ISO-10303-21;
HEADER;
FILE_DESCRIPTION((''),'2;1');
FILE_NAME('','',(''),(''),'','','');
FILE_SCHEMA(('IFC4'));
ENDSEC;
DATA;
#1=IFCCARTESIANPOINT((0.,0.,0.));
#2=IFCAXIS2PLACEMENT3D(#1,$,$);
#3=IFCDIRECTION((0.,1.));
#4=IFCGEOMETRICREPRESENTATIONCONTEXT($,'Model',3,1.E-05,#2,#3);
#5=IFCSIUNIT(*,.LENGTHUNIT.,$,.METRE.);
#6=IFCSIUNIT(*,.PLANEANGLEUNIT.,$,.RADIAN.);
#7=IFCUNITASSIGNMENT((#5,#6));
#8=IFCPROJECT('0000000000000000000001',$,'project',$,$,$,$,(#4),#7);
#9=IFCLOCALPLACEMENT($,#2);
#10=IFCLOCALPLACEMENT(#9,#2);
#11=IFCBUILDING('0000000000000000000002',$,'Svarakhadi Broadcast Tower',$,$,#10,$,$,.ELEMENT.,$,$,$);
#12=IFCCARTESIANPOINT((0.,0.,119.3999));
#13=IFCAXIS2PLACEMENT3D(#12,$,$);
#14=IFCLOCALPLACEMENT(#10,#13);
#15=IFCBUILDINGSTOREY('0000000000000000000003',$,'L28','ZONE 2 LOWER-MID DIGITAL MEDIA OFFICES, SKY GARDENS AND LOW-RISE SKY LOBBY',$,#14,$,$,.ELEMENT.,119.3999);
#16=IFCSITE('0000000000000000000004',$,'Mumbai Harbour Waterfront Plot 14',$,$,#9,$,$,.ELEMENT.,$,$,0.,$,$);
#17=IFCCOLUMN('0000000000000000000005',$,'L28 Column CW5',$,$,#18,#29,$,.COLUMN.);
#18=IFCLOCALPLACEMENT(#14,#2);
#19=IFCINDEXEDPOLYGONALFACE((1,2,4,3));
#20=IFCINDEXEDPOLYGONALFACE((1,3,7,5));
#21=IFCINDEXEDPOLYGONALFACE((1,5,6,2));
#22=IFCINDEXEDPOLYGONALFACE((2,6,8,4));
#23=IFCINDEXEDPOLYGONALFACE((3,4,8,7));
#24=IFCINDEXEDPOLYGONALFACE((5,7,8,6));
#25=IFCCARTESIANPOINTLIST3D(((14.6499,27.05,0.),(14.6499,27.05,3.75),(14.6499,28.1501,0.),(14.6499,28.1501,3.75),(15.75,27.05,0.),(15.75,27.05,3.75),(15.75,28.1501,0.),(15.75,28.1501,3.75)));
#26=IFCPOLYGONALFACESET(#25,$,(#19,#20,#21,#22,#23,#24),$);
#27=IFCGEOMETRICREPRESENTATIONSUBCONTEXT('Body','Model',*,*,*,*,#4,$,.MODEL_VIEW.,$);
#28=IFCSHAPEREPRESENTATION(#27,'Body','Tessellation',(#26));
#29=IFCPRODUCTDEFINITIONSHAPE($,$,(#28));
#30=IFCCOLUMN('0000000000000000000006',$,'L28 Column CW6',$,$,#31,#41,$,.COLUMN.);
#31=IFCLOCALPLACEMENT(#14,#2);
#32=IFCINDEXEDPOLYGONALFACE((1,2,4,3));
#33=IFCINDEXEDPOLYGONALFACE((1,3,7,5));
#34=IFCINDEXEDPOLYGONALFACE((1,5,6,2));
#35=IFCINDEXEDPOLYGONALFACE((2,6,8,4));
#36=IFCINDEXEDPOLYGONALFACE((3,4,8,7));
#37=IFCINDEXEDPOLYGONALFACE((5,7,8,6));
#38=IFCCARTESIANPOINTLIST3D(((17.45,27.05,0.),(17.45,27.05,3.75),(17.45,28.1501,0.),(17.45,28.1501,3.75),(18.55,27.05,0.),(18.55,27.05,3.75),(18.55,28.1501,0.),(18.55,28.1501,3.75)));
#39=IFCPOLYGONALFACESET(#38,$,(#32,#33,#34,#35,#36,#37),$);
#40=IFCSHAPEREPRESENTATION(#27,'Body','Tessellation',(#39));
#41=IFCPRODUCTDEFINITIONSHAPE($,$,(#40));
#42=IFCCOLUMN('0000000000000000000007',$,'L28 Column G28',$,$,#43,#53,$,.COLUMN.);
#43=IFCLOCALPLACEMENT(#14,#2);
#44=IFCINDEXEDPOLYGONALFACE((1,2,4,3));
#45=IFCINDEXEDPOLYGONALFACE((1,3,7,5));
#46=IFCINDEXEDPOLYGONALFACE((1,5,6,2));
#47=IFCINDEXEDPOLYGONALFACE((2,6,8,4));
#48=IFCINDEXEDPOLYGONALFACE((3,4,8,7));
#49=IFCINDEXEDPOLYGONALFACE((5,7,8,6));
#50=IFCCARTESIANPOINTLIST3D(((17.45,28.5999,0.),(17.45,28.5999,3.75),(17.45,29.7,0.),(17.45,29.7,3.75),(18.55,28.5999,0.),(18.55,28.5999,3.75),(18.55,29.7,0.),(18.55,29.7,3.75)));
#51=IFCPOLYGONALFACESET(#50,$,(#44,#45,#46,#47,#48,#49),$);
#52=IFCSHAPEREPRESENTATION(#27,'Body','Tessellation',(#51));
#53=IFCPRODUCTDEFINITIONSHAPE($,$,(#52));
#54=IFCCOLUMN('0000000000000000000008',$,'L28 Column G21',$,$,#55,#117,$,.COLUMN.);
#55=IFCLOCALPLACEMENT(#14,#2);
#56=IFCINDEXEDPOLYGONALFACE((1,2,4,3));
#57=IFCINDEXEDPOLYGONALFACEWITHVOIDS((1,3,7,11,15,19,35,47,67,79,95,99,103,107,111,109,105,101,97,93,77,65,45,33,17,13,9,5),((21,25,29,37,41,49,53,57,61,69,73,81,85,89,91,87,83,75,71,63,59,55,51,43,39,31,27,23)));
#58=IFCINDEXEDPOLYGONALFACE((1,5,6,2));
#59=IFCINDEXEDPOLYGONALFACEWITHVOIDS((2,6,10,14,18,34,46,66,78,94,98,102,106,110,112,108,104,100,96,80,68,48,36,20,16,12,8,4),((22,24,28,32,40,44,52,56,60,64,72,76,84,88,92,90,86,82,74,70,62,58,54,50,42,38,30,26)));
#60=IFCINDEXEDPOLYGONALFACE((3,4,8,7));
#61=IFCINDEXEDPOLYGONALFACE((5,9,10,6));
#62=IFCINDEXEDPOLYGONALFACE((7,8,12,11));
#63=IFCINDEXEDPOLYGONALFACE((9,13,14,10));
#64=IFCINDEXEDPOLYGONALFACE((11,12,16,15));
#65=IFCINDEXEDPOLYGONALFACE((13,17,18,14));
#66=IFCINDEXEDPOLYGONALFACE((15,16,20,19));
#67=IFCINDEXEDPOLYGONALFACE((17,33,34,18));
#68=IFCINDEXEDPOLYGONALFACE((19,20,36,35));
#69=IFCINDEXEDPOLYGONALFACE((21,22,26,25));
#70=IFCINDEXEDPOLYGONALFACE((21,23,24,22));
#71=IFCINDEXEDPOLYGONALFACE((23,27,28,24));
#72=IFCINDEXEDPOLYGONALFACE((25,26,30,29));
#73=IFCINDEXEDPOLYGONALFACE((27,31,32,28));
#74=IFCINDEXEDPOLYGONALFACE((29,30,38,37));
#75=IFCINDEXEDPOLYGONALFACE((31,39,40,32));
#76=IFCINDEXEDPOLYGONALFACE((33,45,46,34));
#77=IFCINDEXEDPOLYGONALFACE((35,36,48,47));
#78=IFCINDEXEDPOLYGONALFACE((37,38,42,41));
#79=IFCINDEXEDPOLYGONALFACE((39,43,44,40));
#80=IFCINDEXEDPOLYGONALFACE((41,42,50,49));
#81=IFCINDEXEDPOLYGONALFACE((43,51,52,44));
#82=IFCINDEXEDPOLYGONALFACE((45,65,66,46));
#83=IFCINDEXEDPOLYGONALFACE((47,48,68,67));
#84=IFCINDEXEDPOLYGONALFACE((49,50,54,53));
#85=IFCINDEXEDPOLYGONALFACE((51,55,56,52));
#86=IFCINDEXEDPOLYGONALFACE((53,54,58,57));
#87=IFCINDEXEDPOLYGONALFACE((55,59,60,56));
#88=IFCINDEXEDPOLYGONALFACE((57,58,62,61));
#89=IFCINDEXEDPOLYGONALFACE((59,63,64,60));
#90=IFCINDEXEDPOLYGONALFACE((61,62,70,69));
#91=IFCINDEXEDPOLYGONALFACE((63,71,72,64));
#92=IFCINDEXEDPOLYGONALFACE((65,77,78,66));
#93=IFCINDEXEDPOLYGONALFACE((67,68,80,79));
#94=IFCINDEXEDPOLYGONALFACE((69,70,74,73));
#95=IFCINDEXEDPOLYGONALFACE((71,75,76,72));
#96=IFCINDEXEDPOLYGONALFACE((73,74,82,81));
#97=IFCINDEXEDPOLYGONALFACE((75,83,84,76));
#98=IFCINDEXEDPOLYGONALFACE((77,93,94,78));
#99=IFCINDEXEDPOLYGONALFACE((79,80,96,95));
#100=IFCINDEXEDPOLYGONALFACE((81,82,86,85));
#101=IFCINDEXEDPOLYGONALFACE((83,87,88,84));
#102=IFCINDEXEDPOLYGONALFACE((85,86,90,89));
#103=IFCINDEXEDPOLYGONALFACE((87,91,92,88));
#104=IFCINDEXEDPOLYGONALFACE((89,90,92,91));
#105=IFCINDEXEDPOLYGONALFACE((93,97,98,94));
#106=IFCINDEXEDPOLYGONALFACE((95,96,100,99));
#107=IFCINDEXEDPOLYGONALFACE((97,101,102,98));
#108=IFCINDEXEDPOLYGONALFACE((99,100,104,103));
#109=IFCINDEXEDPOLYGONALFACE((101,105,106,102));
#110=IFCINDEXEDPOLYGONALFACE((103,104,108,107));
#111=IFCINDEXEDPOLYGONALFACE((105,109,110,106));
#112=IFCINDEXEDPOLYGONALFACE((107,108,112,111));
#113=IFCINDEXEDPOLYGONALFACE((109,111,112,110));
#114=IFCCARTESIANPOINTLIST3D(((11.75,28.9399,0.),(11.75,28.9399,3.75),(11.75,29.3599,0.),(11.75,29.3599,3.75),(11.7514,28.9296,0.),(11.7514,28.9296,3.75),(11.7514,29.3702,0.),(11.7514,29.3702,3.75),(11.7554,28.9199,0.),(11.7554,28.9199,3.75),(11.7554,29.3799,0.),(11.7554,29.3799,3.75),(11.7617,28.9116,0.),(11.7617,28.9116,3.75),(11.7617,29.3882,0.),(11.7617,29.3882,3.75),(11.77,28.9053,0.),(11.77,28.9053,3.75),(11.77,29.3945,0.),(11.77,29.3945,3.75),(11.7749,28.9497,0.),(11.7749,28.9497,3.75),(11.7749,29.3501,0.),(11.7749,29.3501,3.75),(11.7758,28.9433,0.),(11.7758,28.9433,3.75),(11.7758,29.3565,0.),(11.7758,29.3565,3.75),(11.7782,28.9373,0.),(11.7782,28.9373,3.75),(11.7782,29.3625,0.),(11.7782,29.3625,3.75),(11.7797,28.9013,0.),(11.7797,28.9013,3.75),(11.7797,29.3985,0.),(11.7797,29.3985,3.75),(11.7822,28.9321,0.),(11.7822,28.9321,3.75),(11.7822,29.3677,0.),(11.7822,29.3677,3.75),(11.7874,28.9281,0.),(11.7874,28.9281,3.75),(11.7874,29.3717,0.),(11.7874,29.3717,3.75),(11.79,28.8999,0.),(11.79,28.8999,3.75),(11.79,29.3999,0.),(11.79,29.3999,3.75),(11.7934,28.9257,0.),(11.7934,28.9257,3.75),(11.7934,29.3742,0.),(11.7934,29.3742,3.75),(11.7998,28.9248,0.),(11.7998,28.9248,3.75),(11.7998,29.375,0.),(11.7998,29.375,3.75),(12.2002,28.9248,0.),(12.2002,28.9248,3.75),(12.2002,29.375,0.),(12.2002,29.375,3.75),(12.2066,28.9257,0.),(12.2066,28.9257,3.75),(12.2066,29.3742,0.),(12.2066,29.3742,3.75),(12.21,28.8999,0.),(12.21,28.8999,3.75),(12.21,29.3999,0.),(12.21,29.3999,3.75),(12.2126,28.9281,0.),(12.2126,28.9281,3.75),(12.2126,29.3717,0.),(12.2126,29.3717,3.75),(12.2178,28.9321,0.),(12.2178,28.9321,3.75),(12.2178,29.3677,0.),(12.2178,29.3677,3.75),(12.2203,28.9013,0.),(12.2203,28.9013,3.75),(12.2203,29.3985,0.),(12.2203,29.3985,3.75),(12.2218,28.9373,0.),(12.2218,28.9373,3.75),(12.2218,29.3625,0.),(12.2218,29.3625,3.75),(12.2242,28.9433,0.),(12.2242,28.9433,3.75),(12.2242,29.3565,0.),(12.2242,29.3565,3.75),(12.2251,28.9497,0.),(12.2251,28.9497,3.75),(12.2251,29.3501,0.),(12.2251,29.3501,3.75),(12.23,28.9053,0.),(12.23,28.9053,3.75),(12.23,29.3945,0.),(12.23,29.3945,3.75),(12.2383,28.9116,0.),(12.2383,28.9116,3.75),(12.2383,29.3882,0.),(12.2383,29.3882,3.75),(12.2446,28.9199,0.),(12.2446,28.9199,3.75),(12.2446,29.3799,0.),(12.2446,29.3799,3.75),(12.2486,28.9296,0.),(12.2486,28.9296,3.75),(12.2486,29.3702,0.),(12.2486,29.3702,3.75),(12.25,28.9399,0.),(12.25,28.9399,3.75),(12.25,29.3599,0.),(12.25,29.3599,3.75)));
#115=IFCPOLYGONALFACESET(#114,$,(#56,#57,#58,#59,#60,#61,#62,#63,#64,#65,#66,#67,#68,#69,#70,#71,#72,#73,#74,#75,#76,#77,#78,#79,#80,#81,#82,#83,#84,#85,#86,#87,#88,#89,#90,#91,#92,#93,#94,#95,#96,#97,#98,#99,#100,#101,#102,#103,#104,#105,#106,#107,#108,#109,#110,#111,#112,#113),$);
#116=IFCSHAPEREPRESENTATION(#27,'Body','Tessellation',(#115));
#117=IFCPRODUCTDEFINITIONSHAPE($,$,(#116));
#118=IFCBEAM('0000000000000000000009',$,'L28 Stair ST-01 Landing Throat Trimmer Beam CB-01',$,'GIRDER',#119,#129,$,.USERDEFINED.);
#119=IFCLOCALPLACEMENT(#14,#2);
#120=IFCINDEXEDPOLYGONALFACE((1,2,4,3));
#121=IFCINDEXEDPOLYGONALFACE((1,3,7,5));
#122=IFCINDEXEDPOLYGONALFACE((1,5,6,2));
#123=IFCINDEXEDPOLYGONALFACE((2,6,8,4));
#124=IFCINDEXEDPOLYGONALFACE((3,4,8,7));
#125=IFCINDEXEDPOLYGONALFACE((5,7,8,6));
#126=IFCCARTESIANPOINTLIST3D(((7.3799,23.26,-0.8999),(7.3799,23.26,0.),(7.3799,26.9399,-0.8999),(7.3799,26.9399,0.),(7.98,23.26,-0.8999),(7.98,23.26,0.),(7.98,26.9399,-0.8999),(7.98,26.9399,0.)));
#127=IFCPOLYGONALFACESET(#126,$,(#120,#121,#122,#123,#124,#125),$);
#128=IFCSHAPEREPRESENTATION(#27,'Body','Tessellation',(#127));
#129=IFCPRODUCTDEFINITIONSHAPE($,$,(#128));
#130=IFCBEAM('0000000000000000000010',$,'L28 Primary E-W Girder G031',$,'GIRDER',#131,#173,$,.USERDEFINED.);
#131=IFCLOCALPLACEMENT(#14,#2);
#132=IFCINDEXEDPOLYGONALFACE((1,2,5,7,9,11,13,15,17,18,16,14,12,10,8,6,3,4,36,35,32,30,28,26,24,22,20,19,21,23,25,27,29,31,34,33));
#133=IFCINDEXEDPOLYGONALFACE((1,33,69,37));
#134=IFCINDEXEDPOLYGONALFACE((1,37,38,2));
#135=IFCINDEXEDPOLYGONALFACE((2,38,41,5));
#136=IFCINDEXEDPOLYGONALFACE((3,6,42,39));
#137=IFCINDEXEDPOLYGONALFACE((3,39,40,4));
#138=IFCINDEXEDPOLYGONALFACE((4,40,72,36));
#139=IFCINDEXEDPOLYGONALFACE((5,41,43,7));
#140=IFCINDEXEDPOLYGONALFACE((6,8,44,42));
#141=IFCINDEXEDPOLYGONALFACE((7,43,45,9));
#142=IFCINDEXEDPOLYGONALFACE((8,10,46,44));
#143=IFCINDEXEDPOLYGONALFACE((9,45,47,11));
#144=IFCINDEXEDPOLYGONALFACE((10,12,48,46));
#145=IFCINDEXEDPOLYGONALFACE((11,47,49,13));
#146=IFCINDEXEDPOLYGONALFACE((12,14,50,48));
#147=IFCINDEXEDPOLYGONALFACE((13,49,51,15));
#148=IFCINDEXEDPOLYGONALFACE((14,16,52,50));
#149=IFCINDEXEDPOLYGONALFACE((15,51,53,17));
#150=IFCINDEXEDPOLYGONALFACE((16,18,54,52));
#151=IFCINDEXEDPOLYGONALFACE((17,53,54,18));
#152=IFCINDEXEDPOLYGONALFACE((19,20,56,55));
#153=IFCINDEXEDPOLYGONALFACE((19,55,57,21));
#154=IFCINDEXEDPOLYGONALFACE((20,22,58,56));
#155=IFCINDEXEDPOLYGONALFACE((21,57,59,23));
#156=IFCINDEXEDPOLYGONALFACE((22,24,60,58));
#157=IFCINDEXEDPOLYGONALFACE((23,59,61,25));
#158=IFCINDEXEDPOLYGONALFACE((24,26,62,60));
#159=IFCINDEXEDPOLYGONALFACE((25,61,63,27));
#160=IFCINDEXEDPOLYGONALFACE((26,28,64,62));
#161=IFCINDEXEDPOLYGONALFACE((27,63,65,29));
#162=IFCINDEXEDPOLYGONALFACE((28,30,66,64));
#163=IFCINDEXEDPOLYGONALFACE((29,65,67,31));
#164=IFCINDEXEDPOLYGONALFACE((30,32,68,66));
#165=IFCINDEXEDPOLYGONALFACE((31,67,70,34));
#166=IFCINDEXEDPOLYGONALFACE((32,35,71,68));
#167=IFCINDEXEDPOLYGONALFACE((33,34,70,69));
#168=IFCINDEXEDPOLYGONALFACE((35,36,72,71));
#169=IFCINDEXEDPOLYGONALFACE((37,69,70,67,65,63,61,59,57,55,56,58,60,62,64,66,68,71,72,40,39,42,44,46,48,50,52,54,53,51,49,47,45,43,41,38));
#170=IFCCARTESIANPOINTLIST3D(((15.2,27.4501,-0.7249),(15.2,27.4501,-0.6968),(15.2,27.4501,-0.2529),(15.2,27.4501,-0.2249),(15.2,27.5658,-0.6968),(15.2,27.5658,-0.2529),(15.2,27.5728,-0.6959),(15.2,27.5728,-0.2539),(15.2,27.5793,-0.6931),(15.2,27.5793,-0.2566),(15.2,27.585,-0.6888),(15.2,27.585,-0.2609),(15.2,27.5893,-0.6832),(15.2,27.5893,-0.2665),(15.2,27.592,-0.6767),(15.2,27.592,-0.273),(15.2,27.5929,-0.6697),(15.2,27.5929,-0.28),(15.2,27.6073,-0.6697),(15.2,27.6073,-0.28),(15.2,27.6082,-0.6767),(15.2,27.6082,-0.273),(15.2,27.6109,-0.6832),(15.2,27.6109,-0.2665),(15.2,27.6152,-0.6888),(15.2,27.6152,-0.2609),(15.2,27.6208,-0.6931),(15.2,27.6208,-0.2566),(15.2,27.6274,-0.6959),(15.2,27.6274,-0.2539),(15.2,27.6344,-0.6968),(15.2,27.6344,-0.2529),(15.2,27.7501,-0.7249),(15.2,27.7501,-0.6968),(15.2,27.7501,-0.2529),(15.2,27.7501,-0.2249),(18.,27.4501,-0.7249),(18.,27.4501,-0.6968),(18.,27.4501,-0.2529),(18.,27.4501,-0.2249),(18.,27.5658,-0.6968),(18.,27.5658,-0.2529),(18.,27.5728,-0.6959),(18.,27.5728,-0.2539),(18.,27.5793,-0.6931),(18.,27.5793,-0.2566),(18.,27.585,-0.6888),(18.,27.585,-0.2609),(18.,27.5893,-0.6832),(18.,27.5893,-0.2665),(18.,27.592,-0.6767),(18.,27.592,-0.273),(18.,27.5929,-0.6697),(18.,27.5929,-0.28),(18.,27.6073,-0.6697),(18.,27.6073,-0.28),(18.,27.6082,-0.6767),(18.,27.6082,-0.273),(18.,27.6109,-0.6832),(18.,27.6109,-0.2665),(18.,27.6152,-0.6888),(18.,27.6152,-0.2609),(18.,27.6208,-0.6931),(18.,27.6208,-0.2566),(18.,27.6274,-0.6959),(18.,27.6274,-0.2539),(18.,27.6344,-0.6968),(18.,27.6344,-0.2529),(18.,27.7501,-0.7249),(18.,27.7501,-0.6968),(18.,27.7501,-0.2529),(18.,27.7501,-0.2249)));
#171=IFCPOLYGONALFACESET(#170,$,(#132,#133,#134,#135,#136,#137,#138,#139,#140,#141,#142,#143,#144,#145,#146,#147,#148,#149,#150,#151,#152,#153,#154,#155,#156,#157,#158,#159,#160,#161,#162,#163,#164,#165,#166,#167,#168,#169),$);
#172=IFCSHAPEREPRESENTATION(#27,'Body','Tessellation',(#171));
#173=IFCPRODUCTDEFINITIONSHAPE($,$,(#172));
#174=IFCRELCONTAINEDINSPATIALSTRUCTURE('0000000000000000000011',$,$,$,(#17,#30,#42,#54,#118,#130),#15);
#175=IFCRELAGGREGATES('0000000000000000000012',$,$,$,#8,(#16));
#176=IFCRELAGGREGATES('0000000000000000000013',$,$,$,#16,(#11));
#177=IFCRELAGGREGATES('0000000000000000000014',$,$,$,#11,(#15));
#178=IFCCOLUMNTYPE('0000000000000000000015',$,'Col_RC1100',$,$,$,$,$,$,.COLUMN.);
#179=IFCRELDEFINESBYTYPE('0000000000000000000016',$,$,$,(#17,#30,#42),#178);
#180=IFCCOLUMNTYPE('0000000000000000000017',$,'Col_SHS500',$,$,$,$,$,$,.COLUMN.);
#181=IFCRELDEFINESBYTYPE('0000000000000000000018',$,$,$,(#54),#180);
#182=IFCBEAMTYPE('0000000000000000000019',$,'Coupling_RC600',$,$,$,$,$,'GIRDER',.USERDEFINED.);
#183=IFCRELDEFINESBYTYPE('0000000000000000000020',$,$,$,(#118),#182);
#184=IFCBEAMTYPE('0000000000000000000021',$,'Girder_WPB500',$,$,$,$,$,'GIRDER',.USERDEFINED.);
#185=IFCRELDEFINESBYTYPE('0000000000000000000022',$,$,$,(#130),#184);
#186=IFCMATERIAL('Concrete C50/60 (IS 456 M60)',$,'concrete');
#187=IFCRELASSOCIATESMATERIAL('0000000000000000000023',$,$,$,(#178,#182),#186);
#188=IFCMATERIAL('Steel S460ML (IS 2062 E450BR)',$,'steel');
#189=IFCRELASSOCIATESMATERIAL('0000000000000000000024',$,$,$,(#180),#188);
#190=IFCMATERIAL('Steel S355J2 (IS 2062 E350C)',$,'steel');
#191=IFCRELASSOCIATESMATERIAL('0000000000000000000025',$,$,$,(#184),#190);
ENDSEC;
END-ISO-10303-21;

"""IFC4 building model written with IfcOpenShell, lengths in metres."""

from ifc_helpers import new_model, si_unit, direction, frame, origin, origin_2d, place, context, subcontext, project, spatial, rectangle, hollow_rectangle, i_section, extrude, material, material_profile, profile_set, type_object, element, save


model = new_model("IFC4")

# Units and contexts
model_context = context("Model", 3, precision=1e-05, world=origin(), true_north=direction((0.0, 1.0)))
body_context = subcontext(model_context, "Body", "Model", "MODEL_VIEW")
ifc_project = project(units=[si_unit("LENGTHUNIT", "METRE"), si_unit("PLANEANGLEUNIT", "RADIAN")], contexts=[model_context])

# Site, building, storey
site_placement = place(None, origin())
site = spatial("IfcSite", under=ifc_project, at=site_placement, Name="Mumbai Harbour Waterfront Plot 14", CompositionType="ELEMENT", RefElevation=0.0)
building_placement = place(site_placement, origin())
building = spatial("IfcBuilding", under=site, at=building_placement, Name="Svarakhadi Broadcast Tower", CompositionType="ELEMENT")
storey_placement = place(building_placement, frame((0.0, 0.0, 119.3999)))
storey = spatial("IfcBuildingStorey", under=building, at=storey_placement, Name="L28", Description="ZONE 2 LOWER-MID DIGITAL MEDIA OFFICES, SKY GARDENS AND LOW-RISE SKY LOBBY", CompositionType="ELEMENT", Elevation=119.3999)

# Columns
ifc_material_1 = material(Name="Concrete C50/60 (IS 456 M60)", Category="concrete")
ifc_material_profile_1 = material_profile(ifc_material_1, rectangle(XDim=1.1001, YDim=1.1001, at=origin_2d()), Name="RC 1100x1100")
ifc_profile_set_1 = profile_set([ifc_material_profile_1], Name="Concrete C50/60 (IS 456 M60)")
column_type_1 = type_object("IfcColumnType", Name="Col_RC1100", PredefinedType="COLUMN", material=ifc_profile_set_1)
for number, where, z_axis, x_axis, name in (
    (1, (15.2, 27.6001, 0.0), (0.0, 0.0, 1.0), (1.0, 0.0, 0.0), "L28 Column CW5"),
    (2, (18.0, 27.6001, 0.0), (0.0, 0.0, 1.0), (1.0, 0.0, 0.0), "L28 Column CW6"),
    (3, (18.0, 29.1499, 0.0), (0.0, 0.0, 1.0), (1.0, 0.0, 0.0), "L28 Column G28"),
):
    element("IfcColumn", number, at=place(storey_placement, frame(where, z_axis=z_axis, x_axis=x_axis)), inside=storey, type_object=column_type_1, Name=name, PredefinedType="COLUMN", context=body_context, shape_type="SweptSolid", body=[
        extrude(rectangle(XDim=1.1001, YDim=1.1001, at=origin_2d()), origin(), (0.0, 0.0, 1.0), 3.75),
    ])
ifc_material_2 = material(Name="Steel S460ML (IS 2062 E450BR)", Category="steel")
ifc_material_profile_2 = material_profile(ifc_material_2, hollow_rectangle(XDim=0.5, YDim=0.5, WallThickness=0.0249, InnerFilletRadius=0.0249, OuterFilletRadius=0.04, at=origin_2d()), Name="SHS 500x500x25")
ifc_profile_set_2 = profile_set([ifc_material_profile_2], Name="Steel S460ML (IS 2062 E450BR)")
column_type_2 = type_object("IfcColumnType", Name="Col_SHS500", PredefinedType="COLUMN", material=ifc_profile_set_2)
column_placement = place(storey_placement, frame((12.0, 29.1499, 0.0), z_axis=(0.0, 0.0, 1.0), x_axis=(1.0, 0.0, 0.0)))
element("IfcColumn", 4, at=column_placement, inside=storey, type_object=column_type_2, Name="L28 Column G21", PredefinedType="COLUMN", context=body_context, shape_type="SweptSolid", body=[
    extrude(hollow_rectangle(XDim=0.5, YDim=0.5, WallThickness=0.0249, InnerFilletRadius=0.0249, OuterFilletRadius=0.04, at=origin_2d()), origin(), (0.0, 0.0, 1.0), 3.75),
])

# Beams
ifc_material_profile_3 = material_profile(ifc_material_1, rectangle(XDim=0.6001, YDim=0.8999, at=origin_2d()), Name="RC 600x900")
ifc_profile_set_3 = profile_set([ifc_material_profile_3], Name="Concrete C50/60 (IS 456 M60)")
beam_type_1 = type_object("IfcBeamType", Name="Coupling_RC600", ElementType="GIRDER", PredefinedType="USERDEFINED", material=ifc_profile_set_3)
beam_1_placement = place(storey_placement, frame((7.6799, 23.26, -0.45), z_axis=(0.0, 1.0, 0.0), x_axis=(-1.0, 0.0, 0.0)))
element("IfcBeam", 5, at=beam_1_placement, inside=storey, type_object=beam_type_1, Name="L28 Stair ST-01 Landing Throat Trimmer Beam CB-01", ObjectType="GIRDER", PredefinedType="USERDEFINED", context=body_context, shape_type="SweptSolid", body=[
    extrude(rectangle(XDim=0.6001, YDim=0.8999, at=origin_2d()), origin(), (0.0, 0.0, 1.0), 3.6799),
])
ifc_material_3 = material(Name="Steel S355J2 (IS 2062 E350C)", Category="steel")
ifc_material_profile_4 = material_profile(ifc_material_3, i_section(OverallWidth=0.3, OverallDepth=0.5, WebThickness=0.0144, FlangeThickness=0.0281, FilletRadius=0.0271, at=origin_2d()), Name="WPB 500x300x187")
ifc_profile_set_4 = profile_set([ifc_material_profile_4], Name="Steel S355J2 (IS 2062 E350C)")
beam_type_2 = type_object("IfcBeamType", Name="Girder_WPB500", ElementType="GIRDER", PredefinedType="USERDEFINED", material=ifc_profile_set_4)
beam_2_placement = place(storey_placement, frame((15.2, 27.6001, -0.4749), z_axis=(1.0, 0.0, 0.0), x_axis=(0.0, 1.0, 0.0)))
element("IfcBeam", 6, at=beam_2_placement, inside=storey, type_object=beam_type_2, Name="L28 Primary E-W Girder G031", ObjectType="GIRDER", PredefinedType="USERDEFINED", context=body_context, shape_type="SweptSolid", body=[
    extrude(i_section(OverallWidth=0.3, OverallDepth=0.5, WebThickness=0.0144, FlangeThickness=0.0281, FilletRadius=0.0271, at=origin_2d()), origin(), (0.0, 0.0, 1.0), 2.8),
])

save(model, "model.ifc")
